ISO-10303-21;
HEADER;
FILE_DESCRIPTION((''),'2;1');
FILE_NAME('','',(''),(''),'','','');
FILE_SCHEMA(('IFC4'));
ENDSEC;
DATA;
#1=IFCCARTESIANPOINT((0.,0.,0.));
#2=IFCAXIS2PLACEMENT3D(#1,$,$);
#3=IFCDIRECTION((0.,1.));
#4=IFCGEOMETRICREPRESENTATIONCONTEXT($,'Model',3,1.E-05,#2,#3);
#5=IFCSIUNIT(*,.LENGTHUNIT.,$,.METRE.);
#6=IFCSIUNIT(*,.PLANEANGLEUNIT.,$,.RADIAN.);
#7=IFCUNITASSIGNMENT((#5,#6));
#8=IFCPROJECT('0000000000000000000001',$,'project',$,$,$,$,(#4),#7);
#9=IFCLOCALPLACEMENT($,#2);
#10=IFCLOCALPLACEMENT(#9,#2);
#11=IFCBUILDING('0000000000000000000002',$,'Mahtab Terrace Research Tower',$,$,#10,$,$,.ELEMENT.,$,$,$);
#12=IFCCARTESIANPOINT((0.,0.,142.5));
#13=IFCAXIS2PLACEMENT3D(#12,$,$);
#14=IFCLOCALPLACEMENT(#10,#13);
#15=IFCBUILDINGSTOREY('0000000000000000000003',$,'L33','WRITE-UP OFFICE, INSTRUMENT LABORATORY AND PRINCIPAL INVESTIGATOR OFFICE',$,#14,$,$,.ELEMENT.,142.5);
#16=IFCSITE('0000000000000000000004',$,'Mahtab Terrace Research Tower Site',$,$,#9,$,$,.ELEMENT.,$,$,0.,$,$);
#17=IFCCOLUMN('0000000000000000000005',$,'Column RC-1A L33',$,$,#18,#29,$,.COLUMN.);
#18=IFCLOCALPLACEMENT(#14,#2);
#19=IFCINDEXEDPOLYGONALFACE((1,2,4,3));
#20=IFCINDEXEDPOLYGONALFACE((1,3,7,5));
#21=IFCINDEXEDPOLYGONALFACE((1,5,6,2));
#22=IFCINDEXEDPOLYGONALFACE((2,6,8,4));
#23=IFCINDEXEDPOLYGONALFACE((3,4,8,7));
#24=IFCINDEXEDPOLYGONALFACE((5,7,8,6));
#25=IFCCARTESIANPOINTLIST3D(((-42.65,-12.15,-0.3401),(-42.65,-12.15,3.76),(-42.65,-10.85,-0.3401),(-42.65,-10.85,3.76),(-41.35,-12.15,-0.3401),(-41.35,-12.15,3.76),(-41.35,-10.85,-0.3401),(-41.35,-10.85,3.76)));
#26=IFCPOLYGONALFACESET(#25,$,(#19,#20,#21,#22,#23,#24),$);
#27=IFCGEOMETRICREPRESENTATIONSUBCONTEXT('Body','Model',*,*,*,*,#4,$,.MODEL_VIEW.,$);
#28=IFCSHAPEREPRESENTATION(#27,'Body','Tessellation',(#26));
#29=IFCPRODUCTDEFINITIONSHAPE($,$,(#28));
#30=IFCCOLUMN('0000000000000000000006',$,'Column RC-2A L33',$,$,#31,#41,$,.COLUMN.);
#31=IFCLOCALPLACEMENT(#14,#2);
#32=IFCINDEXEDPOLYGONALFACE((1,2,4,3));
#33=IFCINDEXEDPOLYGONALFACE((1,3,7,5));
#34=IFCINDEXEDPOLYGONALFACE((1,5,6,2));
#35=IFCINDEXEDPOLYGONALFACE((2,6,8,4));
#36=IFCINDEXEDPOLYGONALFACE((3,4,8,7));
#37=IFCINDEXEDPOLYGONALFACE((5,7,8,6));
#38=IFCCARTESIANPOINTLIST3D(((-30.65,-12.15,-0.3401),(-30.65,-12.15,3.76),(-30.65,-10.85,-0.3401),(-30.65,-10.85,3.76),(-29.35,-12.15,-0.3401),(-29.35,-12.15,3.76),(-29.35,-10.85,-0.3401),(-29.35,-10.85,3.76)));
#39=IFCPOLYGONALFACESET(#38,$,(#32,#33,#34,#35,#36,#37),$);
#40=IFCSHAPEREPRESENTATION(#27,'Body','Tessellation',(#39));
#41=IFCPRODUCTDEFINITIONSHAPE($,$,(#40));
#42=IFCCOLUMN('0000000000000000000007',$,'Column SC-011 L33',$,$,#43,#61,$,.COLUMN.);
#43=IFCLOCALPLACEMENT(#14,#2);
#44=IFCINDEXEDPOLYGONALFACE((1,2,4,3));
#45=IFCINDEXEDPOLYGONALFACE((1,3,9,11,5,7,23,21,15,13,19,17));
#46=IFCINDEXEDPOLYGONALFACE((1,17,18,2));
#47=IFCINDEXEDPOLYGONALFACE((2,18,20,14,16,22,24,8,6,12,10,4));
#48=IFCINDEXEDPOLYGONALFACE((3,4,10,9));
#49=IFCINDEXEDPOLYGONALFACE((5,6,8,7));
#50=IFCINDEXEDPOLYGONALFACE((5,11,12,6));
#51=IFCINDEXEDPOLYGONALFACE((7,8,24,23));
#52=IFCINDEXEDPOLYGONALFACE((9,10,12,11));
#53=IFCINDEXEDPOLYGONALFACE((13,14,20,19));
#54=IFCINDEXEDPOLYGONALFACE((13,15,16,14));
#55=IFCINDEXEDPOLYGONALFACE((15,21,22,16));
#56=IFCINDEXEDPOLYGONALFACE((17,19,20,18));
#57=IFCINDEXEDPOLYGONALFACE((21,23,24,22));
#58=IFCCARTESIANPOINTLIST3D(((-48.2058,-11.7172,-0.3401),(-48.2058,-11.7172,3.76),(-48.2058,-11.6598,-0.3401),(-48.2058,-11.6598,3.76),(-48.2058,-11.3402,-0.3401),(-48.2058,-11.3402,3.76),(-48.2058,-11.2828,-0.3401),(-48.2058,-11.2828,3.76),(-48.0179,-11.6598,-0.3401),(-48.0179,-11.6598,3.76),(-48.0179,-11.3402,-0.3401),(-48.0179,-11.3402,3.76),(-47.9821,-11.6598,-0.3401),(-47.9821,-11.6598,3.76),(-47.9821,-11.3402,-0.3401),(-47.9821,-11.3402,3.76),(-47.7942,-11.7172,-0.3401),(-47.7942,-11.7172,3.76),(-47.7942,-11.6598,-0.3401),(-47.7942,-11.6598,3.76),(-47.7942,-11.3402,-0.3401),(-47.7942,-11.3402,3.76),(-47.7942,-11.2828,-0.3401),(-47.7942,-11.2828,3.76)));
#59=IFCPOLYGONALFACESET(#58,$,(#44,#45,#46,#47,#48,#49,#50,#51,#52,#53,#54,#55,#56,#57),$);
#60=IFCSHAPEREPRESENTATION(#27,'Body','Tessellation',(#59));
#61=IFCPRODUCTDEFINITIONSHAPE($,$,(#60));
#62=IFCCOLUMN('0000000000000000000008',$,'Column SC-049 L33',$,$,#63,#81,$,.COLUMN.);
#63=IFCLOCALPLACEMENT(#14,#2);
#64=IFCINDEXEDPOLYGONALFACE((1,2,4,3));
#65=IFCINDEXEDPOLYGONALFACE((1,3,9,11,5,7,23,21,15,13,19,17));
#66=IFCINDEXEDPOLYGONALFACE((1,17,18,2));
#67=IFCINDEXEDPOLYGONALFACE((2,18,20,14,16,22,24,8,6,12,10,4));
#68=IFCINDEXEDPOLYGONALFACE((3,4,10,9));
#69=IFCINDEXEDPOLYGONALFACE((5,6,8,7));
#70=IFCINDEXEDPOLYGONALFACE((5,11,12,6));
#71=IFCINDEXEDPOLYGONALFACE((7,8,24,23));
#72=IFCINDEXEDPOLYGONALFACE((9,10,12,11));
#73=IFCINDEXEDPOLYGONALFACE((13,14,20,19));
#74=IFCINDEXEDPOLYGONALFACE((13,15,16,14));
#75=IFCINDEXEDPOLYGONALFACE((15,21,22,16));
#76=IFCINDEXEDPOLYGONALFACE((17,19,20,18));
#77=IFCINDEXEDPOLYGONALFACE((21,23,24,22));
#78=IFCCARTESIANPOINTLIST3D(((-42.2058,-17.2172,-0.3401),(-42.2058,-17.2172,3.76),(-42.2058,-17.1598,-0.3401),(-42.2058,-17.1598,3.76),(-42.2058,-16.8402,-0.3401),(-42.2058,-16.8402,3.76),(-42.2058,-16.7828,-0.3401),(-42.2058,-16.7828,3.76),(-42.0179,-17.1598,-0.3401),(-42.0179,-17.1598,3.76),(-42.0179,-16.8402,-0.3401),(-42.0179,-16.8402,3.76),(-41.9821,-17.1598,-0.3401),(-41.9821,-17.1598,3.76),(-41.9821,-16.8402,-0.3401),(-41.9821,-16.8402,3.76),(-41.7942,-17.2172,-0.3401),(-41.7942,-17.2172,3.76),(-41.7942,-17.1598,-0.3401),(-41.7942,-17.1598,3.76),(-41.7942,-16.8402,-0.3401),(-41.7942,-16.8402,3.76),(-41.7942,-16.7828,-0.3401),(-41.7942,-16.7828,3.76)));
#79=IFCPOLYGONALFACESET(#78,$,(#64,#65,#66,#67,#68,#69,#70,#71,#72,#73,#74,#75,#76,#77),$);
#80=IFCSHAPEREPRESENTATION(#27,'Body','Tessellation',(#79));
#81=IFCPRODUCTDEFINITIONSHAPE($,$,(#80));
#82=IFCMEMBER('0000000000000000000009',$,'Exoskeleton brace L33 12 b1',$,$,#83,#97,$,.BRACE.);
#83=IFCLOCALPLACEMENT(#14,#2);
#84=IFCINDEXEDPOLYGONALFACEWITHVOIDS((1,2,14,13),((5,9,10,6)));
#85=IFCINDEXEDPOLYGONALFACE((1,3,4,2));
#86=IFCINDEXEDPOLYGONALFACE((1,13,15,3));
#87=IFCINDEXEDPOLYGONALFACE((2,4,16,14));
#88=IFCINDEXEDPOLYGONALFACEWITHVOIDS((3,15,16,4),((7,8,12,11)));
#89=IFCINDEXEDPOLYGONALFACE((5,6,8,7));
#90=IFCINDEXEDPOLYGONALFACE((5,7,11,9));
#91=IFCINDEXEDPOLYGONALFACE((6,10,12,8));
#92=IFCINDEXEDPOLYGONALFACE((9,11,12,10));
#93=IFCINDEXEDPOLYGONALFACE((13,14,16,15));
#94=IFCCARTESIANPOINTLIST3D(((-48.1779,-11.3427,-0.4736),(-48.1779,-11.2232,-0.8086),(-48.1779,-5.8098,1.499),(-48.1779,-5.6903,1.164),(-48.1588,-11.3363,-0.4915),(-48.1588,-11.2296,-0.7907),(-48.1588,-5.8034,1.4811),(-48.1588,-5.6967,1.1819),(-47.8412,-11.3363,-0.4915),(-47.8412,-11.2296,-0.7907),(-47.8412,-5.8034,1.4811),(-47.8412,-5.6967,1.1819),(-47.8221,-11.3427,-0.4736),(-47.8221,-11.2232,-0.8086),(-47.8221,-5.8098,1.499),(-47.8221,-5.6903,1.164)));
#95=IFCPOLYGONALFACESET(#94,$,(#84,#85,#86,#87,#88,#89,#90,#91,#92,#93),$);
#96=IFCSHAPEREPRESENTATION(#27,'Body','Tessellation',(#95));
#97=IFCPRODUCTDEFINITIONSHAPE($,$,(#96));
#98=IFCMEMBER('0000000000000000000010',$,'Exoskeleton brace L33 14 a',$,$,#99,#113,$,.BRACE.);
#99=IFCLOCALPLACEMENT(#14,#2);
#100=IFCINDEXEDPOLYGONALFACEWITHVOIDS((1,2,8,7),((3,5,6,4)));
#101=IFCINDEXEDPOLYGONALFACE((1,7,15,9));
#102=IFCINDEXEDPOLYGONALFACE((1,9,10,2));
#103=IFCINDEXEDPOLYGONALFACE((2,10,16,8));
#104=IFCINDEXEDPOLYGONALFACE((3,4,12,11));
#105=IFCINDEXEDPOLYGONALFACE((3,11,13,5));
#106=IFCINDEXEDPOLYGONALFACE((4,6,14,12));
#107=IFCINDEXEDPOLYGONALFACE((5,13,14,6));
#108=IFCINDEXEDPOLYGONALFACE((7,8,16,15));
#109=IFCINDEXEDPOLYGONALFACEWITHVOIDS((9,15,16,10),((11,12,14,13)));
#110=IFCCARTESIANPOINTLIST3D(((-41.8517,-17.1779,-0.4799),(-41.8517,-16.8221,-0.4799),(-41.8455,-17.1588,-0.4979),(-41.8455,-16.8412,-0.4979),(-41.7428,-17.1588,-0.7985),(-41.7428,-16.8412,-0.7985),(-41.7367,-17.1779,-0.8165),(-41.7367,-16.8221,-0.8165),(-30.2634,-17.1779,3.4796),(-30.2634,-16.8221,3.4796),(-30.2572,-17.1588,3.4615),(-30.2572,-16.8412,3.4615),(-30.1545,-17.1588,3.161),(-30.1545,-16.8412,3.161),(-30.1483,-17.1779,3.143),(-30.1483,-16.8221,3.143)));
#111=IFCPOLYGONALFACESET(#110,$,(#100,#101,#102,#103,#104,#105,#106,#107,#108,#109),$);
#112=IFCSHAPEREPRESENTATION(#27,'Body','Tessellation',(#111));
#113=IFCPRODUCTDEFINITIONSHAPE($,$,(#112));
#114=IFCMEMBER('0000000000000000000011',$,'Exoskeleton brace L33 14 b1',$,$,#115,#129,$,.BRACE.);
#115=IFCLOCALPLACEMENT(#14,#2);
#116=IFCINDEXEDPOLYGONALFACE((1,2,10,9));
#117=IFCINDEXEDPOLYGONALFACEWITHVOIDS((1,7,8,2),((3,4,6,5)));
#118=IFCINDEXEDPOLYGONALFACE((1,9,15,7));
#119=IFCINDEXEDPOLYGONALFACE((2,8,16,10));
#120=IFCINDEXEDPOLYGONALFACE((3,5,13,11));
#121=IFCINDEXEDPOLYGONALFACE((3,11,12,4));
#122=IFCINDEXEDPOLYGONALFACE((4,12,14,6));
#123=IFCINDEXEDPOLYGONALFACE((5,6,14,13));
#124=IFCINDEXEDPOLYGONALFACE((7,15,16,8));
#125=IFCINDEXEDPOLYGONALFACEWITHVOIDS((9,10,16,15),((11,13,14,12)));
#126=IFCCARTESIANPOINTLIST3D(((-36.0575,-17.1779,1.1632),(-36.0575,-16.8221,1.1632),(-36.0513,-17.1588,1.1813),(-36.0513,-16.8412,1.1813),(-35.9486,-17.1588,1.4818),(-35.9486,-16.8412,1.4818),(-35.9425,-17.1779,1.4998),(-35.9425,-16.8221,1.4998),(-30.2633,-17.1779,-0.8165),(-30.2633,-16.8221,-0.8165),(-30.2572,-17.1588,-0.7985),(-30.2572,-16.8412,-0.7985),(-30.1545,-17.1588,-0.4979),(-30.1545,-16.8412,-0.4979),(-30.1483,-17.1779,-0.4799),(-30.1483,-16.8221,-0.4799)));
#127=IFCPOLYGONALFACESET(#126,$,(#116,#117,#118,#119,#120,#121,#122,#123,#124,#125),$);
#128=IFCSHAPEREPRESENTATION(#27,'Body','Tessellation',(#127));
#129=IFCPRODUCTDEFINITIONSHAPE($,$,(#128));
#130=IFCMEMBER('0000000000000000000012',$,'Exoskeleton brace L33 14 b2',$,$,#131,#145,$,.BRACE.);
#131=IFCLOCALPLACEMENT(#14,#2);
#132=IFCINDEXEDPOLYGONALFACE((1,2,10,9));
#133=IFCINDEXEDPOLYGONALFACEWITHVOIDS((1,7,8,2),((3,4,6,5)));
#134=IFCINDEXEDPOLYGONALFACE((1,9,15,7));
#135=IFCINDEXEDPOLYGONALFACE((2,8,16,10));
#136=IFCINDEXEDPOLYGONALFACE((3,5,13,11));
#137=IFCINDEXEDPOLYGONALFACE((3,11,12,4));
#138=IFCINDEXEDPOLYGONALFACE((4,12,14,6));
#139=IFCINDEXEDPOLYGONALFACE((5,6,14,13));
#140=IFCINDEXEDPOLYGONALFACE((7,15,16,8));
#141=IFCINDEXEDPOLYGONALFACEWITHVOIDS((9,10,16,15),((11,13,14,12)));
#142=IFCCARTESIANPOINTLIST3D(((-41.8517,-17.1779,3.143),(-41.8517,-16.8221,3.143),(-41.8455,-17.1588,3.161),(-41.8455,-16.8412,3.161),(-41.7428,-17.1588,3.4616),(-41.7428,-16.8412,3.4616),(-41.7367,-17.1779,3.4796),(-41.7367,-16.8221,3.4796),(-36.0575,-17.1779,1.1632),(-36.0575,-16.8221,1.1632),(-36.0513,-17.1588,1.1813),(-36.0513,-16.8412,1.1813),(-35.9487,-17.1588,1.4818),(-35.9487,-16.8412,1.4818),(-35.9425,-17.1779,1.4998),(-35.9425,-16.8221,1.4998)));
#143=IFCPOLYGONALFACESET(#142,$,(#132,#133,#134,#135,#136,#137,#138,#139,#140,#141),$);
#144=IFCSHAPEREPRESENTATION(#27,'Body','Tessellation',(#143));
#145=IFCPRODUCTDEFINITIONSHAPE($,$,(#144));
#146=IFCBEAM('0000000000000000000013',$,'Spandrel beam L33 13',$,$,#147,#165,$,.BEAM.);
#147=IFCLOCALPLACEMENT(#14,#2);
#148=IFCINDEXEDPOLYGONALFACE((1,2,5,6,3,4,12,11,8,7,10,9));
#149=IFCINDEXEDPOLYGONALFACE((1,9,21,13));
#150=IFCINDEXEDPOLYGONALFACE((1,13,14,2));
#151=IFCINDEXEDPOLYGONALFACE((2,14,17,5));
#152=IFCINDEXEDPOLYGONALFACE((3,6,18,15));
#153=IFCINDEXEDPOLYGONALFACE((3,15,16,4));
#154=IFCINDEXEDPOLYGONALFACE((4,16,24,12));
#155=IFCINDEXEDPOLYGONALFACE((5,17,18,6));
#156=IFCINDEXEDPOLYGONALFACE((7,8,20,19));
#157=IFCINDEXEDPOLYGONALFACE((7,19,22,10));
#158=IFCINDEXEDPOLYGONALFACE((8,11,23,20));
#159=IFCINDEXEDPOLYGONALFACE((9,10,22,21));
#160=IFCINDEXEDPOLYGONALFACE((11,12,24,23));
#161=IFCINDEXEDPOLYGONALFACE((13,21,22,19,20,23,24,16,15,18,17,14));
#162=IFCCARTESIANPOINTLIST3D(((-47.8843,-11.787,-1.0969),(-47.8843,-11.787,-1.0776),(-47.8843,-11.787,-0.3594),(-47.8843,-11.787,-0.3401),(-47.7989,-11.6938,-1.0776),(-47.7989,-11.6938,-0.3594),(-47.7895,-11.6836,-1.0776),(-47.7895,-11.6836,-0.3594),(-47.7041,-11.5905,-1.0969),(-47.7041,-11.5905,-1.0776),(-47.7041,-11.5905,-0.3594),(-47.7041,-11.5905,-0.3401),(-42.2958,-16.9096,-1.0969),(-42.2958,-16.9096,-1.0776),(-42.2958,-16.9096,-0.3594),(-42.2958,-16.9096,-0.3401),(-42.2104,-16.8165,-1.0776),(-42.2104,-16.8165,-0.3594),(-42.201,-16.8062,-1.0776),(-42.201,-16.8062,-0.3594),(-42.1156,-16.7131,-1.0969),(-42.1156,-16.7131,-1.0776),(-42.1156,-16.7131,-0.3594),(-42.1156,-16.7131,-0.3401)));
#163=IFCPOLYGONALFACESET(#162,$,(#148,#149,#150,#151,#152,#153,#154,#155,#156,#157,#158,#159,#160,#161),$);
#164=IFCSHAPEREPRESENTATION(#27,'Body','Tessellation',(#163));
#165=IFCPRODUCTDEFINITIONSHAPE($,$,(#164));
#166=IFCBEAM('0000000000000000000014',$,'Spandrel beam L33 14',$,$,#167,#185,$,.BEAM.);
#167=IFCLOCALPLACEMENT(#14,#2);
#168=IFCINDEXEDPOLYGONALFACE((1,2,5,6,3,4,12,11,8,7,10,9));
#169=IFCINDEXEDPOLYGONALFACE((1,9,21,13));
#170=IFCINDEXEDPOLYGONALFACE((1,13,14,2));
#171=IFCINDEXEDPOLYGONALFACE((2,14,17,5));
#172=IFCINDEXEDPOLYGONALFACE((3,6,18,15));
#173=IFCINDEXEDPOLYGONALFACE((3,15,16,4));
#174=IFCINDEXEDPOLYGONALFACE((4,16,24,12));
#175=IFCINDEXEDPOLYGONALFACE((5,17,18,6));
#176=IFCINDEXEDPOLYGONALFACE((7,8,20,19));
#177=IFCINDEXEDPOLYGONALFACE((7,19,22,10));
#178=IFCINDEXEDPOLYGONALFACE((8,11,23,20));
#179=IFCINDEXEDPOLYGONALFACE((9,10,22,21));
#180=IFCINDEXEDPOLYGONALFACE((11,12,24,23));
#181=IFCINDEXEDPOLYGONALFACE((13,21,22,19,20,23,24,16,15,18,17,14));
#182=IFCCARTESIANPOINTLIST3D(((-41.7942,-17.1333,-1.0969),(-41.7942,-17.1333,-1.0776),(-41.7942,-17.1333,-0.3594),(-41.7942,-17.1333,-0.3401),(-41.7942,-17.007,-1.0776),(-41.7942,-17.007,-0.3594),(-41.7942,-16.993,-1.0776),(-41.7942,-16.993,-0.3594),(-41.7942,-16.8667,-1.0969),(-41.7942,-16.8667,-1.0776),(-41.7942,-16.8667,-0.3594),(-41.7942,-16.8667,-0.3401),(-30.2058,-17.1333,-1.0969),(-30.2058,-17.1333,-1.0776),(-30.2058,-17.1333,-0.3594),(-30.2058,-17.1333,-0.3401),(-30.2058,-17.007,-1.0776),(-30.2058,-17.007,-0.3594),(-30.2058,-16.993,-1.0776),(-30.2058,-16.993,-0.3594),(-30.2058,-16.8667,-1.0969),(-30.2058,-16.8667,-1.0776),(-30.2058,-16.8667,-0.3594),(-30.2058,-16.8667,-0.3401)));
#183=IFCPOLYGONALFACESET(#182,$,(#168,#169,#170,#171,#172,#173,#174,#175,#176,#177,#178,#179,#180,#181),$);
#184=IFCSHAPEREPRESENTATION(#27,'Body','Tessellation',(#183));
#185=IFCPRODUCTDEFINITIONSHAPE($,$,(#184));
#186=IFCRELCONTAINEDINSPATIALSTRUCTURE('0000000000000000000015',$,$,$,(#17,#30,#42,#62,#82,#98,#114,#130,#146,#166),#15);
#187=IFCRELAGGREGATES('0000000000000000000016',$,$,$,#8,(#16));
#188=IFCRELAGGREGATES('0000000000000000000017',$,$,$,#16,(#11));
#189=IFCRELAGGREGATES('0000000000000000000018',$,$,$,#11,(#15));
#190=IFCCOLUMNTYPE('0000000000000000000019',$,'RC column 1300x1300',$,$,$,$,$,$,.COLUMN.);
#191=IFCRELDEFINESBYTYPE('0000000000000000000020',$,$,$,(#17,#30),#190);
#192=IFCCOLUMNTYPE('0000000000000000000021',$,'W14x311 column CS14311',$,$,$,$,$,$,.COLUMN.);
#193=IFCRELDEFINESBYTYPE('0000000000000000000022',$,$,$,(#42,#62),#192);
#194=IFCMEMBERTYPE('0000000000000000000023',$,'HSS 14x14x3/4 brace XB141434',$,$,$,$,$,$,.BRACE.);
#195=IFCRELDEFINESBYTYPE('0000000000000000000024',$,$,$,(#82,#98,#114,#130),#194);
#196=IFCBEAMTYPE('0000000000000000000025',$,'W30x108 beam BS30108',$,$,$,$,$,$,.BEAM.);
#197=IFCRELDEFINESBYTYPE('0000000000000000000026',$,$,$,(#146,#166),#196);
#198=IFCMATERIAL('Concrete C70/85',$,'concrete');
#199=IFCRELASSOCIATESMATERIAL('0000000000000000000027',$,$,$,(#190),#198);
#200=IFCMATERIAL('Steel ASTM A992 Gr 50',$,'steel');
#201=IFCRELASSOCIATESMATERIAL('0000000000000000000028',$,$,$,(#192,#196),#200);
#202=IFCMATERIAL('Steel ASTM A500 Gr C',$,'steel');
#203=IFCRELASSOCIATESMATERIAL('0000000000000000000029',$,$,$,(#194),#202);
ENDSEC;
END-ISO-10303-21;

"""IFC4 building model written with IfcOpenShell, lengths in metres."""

from ifc_helpers import new_model, si_unit, direction, frame, origin, origin_2d, place, context, subcontext, project, spatial, rectangle, hollow_rectangle, i_section, extrude, material, material_profile, profile_set, type_object, element, save


model = new_model("IFC4")

# Units and contexts
model_context = context("Model", 3, precision=1e-05, world=origin(), true_north=direction((0.0, 1.0)))
body_context = subcontext(model_context, "Body", "Model", "MODEL_VIEW")
ifc_project = project(units=[si_unit("LENGTHUNIT", "METRE"), si_unit("PLANEANGLEUNIT", "RADIAN")], contexts=[model_context])

# Site, building, storey
site_placement = place(None, origin())
site = spatial("IfcSite", under=ifc_project, at=site_placement, Name="Mahtab Terrace Research Tower Site", CompositionType="ELEMENT", RefElevation=0.0)
building_placement = place(site_placement, origin())
building = spatial("IfcBuilding", under=site, at=building_placement, Name="Mahtab Terrace Research Tower", CompositionType="ELEMENT")
storey_placement = place(building_placement, frame((0.0, 0.0, 142.5)))
storey = spatial("IfcBuildingStorey", under=building, at=storey_placement, Name="L33", Description="WRITE-UP OFFICE, INSTRUMENT LABORATORY AND PRINCIPAL INVESTIGATOR OFFICE", CompositionType="ELEMENT", Elevation=142.5)

# Columns
ifc_material_1 = material(Name="Concrete C70/85", Category="concrete")
ifc_material_profile_1 = material_profile(ifc_material_1, rectangle(XDim=1.3, YDim=1.3, at=origin_2d()), Name="RC column 1300x1300")
ifc_profile_set_1 = profile_set([ifc_material_profile_1], Name="Concrete C70/85")
column_type_1 = type_object("IfcColumnType", Name="RC column 1300x1300", PredefinedType="COLUMN", material=ifc_profile_set_1)
for number, where, z_axis, x_axis, name in (
    (1, (-42.0, -11.5, -0.3401), (0.0, 0.0, 1.0), (1.0, 0.0, 0.0), "Column RC-1A L33"),
    (2, (-30.0, -11.5, -0.3401), (0.0, 0.0, 1.0), (1.0, 0.0, 0.0), "Column RC-2A L33"),
):
    element("IfcColumn", number, at=place(storey_placement, frame(where, z_axis=z_axis, x_axis=x_axis)), inside=storey, type_object=column_type_1, Name=name, PredefinedType="COLUMN", context=body_context, shape_type="SweptSolid", body=[
        extrude(rectangle(XDim=1.3, YDim=1.3, at=origin_2d()), origin(), (0.0, 0.0, 1.0), 4.1001),
    ])
ifc_material_2 = material(Name="Steel ASTM A992 Gr 50", Category="steel")
ifc_material_profile_2 = material_profile(ifc_material_2, i_section(OverallWidth=0.4116, OverallDepth=0.4343, WebThickness=0.0359, FlangeThickness=0.0574, at=origin_2d()), Name="W14X311")
ifc_profile_set_2 = profile_set([ifc_material_profile_2], Name="Steel ASTM A992 Gr 50")
column_type_2 = type_object("IfcColumnType", Name="W14x311 column CS14311", PredefinedType="COLUMN", material=ifc_profile_set_2)
for number, where, z_axis, x_axis, name in (
    (3, (-48.0, -11.5, -0.3401), (0.0, 0.0, 1.0), (1.0, 0.0, 0.0), "Column SC-011 L33"),
    (4, (-42.0, -17.0, -0.3401), (0.0, 0.0, 1.0), (1.0, 0.0, 0.0), "Column SC-049 L33"),
):
    element("IfcColumn", number, at=place(storey_placement, frame(where, z_axis=z_axis, x_axis=x_axis)), inside=storey, type_object=column_type_2, Name=name, PredefinedType="COLUMN", context=body_context, shape_type="SweptSolid", body=[
        extrude(i_section(OverallWidth=0.4116, OverallDepth=0.4343, WebThickness=0.0359, FlangeThickness=0.0574, at=origin_2d()), origin(), (0.0, 0.0, 1.0), 4.1001),
    ])

# Members
ifc_material_3 = material(Name="Steel ASTM A500 Gr C", Category="steel")
ifc_material_profile_3 = material_profile(ifc_material_3, hollow_rectangle(XDim=0.3557, YDim=0.3557, WallThickness=0.019, at=origin_2d()), Name="HSS14X14X3/4")
ifc_profile_set_3 = profile_set([ifc_material_profile_3], Name="Steel ASTM A500 Gr C")
member_type = type_object("IfcMemberType", Name="HSS 14x14x3/4 brace XB141434", PredefinedType="BRACE", material=ifc_profile_set_3)
member_1_placement = place(storey_placement, frame((-48.0, -11.283, -0.6411), z_axis=(0.0, 0.941925, 0.335823), x_axis=(-1.0, 0.0, 0.0)))
element("IfcMember", 5, at=member_1_placement, inside=storey, type_object=member_type, Name="Exoskeleton brace L33 12 b1", PredefinedType="BRACE", context=body_context, shape_type="SweptSolid", body=[
    extrude(hollow_rectangle(XDim=0.3557, YDim=0.3557, WallThickness=0.019, at=origin_2d()), origin(), (0.0, 0.0, 1.0), 5.874),
])
member_2_placement = place(storey_placement, frame((-41.7942, -17.0, -0.6482), z_axis=(0.946288, 0.0, 0.323324), x_axis=(0.0, 1.0, 0.0)))
element("IfcMember", 6, at=member_2_placement, inside=storey, type_object=member_type, Name="Exoskeleton brace L33 14 a", PredefinedType="BRACE", context=body_context, shape_type="SweptSolid", body=[
    extrude(hollow_rectangle(XDim=0.3557, YDim=0.3557, WallThickness=0.019, at=origin_2d()), origin(), (0.0, 0.0, 1.0), 12.2461),
])
for number, where, z_axis, x_axis, name in (
    (7, (-30.2058, -17.0, -0.6482), (-0.946288, 0.0, 0.323324), (0.0, -1.0, 0.0), "Exoskeleton brace L33 14 b1"),
    (8, (-36.0, -17.0, 1.3315), (-0.946288, 0.0, 0.323324), (0.0, -1.0, 0.0), "Exoskeleton brace L33 14 b2"),
):
    element("IfcMember", number, at=place(storey_placement, frame(where, z_axis=z_axis, x_axis=x_axis)), inside=storey, type_object=member_type, Name=name, PredefinedType="BRACE", context=body_context, shape_type="SweptSolid", body=[
        extrude(hollow_rectangle(XDim=0.3557, YDim=0.3557, WallThickness=0.019, at=origin_2d()), origin(), (0.0, 0.0, 1.0), 6.123),
    ])

# Beams
ifc_material_profile_4 = material_profile(ifc_material_2, i_section(OverallWidth=0.2666, OverallDepth=0.7568, WebThickness=0.0139, FlangeThickness=0.0193, at=origin_2d()), Name="W30X108")
ifc_profile_set_4 = profile_set([ifc_material_profile_4], Name="Steel ASTM A992 Gr 50")
beam_type = type_object("IfcBeamType", Name="W30x108 beam BS30108", PredefinedType="BEAM", material=ifc_profile_set_4)
beam_1_placement = place(storey_placement, frame((-47.7942, -11.6887, -0.7185), z_axis=(0.737162, -0.675716, 0.0), x_axis=(0.675716, 0.737162, 0.0)))
element("IfcBeam", 9, at=beam_1_placement, inside=storey, type_object=beam_type, Name="Spandrel beam L33 13", PredefinedType="BEAM", context=body_context, shape_type="SweptSolid", body=[
    extrude(i_section(OverallWidth=0.2666, OverallDepth=0.7568, WebThickness=0.0139, FlangeThickness=0.0193, at=origin_2d()), origin(), (0.0, 0.0, 1.0), 7.5811),
])
beam_2_placement = place(storey_placement, frame((-41.7942, -17.0, -0.7185), z_axis=(1.0, 0.0, 0.0), x_axis=(0.0, 1.0, 0.0)))
element("IfcBeam", 10, at=beam_2_placement, inside=storey, type_object=beam_type, Name="Spandrel beam L33 14", PredefinedType="BEAM", context=body_context, shape_type="SweptSolid", body=[
    extrude(i_section(OverallWidth=0.2666, OverallDepth=0.7568, WebThickness=0.0139, FlangeThickness=0.0193, at=origin_2d()), origin(), (0.0, 0.0, 1.0), 11.5884),
])

save(model, "model.ifc")
